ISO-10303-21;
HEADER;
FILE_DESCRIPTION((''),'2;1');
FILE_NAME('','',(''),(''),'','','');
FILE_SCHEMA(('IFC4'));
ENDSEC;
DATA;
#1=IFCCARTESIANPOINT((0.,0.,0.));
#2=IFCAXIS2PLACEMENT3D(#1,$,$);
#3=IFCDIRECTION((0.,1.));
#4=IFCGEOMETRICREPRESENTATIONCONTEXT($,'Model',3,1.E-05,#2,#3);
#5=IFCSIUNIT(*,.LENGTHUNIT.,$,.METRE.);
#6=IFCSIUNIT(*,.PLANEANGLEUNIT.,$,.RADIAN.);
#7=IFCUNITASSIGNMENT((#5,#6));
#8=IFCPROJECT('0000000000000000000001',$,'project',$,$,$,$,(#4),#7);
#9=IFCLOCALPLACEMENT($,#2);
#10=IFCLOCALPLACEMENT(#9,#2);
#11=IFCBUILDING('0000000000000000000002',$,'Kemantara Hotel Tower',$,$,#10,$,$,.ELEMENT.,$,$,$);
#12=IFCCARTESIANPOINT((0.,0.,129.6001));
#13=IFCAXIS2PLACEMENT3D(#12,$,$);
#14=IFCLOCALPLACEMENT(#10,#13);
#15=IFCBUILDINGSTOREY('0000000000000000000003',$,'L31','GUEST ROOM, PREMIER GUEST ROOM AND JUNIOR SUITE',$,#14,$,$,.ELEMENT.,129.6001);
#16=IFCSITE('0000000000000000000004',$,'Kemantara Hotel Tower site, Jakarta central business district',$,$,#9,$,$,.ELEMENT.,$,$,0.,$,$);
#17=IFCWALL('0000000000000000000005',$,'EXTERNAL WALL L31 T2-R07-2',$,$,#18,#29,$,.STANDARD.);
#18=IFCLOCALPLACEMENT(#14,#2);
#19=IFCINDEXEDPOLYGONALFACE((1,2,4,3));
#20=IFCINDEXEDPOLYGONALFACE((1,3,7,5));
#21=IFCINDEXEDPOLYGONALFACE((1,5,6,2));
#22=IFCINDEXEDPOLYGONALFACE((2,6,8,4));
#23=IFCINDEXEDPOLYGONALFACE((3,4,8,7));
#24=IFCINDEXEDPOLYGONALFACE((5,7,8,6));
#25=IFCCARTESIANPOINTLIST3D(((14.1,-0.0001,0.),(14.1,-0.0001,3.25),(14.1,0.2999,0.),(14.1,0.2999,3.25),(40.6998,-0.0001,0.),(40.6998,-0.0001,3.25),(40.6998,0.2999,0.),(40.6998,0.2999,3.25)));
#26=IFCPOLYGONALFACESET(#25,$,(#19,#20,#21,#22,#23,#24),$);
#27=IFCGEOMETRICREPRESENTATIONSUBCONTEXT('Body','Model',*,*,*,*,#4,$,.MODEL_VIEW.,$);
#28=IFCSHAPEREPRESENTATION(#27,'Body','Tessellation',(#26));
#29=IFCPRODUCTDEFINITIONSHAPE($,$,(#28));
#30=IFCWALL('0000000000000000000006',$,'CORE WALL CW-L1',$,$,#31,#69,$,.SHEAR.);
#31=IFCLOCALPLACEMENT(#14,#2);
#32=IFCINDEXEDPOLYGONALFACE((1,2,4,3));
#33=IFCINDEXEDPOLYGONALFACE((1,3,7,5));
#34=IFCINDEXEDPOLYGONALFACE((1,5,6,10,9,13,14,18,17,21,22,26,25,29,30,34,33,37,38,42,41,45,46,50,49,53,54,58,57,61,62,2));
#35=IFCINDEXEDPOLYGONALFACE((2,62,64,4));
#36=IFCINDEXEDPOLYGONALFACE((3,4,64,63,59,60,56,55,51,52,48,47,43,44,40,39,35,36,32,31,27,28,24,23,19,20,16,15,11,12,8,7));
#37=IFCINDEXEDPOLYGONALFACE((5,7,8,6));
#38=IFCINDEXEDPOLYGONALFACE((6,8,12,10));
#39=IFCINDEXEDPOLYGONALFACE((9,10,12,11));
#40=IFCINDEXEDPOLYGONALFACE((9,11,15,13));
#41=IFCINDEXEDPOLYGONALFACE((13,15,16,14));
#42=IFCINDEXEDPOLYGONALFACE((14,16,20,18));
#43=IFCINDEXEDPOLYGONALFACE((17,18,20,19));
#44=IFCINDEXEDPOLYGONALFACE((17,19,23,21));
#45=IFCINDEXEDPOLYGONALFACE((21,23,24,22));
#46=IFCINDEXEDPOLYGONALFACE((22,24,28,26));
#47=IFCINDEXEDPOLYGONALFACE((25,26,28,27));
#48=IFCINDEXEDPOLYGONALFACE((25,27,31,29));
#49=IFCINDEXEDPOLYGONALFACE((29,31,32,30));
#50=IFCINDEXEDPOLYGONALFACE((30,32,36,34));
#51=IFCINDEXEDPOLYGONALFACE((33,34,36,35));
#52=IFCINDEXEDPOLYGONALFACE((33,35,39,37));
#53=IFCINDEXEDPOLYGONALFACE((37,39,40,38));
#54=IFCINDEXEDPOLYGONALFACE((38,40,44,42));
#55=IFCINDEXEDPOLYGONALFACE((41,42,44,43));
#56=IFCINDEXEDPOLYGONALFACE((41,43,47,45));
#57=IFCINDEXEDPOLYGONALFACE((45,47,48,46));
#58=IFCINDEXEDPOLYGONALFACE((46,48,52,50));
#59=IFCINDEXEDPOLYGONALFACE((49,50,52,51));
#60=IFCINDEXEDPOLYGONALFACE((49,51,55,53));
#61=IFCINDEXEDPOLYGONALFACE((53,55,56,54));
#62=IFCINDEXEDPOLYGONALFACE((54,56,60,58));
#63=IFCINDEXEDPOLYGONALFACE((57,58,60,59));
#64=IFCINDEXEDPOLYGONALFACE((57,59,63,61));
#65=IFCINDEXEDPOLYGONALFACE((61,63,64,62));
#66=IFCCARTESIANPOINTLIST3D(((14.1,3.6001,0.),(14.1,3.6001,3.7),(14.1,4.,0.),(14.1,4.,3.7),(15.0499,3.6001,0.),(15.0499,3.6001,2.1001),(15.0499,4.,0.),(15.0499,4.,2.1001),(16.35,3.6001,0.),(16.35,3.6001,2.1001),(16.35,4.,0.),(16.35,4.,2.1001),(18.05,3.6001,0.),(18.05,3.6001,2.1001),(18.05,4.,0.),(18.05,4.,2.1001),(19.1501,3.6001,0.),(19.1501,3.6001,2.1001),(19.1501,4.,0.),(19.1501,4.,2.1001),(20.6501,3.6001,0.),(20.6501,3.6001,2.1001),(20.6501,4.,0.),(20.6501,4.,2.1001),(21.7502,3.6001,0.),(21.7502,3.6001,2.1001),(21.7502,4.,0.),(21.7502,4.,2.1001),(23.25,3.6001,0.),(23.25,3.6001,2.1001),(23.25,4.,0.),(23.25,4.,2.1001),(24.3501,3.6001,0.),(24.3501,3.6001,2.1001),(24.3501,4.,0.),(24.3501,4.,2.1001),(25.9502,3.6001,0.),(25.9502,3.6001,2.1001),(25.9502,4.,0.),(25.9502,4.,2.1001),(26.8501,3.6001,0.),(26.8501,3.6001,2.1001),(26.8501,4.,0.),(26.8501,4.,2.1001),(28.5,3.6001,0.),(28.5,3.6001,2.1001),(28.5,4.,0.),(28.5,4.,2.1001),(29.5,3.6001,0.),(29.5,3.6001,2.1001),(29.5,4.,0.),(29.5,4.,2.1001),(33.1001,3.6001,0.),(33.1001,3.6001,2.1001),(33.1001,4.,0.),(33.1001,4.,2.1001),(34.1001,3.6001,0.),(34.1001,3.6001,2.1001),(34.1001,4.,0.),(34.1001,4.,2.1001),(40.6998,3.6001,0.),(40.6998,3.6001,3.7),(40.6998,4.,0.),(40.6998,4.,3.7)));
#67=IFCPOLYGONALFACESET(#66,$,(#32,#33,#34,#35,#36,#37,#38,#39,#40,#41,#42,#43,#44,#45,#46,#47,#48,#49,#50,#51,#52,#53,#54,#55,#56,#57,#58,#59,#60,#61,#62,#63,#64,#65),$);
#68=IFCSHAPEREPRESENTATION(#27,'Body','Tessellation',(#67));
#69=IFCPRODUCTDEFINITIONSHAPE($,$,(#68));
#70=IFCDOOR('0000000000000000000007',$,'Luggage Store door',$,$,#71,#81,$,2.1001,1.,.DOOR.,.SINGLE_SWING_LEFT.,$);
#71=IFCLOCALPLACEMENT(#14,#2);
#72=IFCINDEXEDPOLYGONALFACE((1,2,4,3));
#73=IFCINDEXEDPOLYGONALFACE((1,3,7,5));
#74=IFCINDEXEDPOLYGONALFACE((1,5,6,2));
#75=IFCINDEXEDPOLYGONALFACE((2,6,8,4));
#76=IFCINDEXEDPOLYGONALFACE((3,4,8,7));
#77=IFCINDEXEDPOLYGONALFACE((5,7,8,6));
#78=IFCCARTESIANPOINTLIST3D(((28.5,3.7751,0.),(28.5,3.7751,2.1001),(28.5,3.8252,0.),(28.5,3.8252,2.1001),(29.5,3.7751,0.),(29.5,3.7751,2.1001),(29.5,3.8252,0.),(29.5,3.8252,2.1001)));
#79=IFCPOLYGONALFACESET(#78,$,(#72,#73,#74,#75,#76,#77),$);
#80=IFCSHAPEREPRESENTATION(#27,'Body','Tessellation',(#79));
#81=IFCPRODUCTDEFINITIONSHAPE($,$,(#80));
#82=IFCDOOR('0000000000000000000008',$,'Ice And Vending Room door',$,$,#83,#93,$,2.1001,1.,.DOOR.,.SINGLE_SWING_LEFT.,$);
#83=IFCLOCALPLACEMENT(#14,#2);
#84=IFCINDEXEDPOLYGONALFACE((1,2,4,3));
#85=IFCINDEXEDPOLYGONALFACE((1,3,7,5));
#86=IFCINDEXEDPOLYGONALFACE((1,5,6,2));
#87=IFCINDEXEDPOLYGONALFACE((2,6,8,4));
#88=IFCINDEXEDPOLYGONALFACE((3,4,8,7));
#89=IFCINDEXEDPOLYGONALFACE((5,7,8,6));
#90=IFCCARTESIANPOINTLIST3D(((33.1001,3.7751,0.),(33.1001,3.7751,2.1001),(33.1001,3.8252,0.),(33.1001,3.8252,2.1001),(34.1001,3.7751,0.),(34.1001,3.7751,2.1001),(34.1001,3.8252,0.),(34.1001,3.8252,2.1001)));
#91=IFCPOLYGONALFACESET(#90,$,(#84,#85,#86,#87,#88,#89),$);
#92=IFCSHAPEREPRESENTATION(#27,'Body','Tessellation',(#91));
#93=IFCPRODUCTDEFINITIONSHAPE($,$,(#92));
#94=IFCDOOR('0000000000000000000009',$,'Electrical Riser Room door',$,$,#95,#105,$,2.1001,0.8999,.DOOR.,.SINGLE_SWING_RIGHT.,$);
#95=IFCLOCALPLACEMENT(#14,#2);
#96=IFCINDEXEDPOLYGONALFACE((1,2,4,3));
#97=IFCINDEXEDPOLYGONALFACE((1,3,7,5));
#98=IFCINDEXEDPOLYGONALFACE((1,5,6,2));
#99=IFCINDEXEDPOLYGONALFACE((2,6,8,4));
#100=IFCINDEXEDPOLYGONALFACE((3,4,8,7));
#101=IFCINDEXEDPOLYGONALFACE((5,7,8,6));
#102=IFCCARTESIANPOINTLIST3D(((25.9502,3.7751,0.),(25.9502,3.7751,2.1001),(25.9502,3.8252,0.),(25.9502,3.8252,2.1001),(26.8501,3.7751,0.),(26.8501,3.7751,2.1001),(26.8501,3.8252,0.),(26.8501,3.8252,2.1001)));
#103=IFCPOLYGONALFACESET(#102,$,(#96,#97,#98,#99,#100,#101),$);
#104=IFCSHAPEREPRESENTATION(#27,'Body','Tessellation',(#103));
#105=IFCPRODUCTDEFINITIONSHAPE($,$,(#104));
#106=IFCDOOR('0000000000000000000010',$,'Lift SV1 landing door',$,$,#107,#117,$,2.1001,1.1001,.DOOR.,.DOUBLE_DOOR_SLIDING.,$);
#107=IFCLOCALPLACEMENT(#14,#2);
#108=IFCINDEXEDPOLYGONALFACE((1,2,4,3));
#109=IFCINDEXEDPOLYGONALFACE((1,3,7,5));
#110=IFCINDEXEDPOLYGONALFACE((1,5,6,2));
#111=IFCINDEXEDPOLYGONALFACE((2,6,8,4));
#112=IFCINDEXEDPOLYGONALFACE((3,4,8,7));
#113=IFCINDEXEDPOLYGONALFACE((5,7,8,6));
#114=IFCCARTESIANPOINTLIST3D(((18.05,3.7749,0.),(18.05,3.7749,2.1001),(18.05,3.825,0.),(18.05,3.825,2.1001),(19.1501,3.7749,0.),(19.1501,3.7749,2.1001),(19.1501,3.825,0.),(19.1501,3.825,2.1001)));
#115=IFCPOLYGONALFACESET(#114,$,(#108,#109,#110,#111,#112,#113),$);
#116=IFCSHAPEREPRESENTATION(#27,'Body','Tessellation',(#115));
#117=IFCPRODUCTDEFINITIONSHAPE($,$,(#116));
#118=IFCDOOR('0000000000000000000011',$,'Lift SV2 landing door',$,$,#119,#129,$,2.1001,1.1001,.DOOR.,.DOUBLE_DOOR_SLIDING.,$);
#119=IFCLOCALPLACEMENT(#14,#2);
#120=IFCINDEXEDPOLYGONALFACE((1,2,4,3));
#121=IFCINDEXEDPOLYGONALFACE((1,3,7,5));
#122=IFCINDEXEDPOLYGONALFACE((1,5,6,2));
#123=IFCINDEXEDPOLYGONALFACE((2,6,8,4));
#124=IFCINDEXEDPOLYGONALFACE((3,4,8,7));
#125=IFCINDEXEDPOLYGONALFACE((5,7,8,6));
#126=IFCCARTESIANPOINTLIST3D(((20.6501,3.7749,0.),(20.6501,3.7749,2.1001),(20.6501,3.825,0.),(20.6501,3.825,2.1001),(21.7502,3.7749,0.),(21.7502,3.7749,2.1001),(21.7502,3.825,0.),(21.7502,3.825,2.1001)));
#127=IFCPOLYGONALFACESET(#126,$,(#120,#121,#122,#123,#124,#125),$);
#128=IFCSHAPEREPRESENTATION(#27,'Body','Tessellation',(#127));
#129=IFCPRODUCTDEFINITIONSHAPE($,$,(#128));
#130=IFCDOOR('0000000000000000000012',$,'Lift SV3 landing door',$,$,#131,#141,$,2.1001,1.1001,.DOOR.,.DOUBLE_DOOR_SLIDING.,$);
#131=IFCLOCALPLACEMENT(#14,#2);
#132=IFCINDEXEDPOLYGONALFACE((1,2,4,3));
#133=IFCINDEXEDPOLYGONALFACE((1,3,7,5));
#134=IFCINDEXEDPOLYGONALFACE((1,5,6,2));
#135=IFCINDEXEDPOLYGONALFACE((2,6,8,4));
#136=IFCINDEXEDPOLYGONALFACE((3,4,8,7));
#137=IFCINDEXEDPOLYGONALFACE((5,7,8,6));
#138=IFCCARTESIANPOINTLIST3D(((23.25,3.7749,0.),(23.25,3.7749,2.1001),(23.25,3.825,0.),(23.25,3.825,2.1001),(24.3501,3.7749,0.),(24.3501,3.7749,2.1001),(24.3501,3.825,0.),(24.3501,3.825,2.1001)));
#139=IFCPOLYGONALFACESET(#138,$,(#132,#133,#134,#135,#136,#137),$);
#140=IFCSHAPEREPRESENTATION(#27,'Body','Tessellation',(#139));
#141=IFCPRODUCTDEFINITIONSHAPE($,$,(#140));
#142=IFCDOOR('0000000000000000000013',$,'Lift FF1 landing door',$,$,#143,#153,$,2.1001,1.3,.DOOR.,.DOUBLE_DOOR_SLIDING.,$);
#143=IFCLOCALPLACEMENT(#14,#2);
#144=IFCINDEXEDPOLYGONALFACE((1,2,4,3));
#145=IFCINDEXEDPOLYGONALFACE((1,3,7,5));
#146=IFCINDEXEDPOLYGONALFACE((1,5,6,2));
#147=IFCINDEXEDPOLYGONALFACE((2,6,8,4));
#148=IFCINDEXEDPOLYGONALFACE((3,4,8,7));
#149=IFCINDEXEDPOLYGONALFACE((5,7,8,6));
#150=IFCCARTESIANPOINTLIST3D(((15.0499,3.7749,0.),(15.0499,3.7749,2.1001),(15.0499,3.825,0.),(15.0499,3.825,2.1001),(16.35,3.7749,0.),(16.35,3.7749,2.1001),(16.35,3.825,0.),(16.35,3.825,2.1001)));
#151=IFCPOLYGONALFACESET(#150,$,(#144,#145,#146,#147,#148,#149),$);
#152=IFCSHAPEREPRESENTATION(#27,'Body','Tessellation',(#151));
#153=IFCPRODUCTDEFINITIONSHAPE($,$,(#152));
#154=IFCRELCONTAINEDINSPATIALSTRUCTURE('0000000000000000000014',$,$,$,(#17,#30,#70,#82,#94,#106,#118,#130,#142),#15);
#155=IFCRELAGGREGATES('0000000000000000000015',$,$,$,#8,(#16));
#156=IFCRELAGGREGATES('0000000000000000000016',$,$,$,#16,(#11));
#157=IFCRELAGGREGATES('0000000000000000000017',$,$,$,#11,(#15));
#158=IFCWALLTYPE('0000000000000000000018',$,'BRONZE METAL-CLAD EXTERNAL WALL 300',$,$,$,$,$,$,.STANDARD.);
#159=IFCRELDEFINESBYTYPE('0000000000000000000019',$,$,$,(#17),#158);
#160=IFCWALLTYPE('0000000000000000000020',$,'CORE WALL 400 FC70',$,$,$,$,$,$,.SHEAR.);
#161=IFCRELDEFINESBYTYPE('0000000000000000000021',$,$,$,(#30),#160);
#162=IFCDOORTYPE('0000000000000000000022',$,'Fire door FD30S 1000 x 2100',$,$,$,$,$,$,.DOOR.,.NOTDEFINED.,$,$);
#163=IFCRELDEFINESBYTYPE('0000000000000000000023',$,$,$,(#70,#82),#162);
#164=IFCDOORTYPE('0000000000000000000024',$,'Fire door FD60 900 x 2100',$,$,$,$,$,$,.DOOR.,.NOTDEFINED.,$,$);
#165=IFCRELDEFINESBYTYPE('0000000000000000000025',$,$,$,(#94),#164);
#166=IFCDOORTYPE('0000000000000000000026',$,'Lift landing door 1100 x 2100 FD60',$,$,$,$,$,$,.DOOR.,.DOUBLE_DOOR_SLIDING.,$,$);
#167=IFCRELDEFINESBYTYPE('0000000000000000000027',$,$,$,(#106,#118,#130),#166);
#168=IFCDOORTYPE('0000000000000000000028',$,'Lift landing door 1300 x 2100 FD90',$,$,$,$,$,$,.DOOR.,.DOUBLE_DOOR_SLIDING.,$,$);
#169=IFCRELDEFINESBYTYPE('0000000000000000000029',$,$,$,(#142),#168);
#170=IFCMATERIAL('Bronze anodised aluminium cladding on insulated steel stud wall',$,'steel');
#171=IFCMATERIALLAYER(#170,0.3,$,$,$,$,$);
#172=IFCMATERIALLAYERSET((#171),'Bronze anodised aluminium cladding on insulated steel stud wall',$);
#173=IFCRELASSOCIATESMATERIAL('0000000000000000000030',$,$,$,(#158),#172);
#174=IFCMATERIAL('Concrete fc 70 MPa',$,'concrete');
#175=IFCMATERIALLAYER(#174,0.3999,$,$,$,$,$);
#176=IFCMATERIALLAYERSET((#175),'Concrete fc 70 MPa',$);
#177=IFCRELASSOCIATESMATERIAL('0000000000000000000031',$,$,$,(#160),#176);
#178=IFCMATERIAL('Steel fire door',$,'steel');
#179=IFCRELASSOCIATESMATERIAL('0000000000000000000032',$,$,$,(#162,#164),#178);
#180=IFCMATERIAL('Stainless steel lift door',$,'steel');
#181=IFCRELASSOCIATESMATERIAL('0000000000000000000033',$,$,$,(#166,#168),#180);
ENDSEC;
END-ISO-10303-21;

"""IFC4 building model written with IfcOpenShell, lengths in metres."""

from ifc_helpers import new_model, si_unit, direction, frame, frame_2d, origin, place, context, subcontext, project, spatial, rectangle, extrude, material, layer, layer_set, type_object, element, fill, save


model = new_model("IFC4")

# Units and contexts
model_context = context("Model", 3, precision=1e-05, world=origin(), true_north=direction((0.0, 1.0)))
body_context = subcontext(model_context, "Body", "Model", "MODEL_VIEW")
ifc_project = project(units=[si_unit("LENGTHUNIT", "METRE"), si_unit("PLANEANGLEUNIT", "RADIAN")], contexts=[model_context])

# Site, building, storey
site_placement = place(None, origin())
site = spatial("IfcSite", under=ifc_project, at=site_placement, Name="Kemantara Hotel Tower site, Jakarta central business district", CompositionType="ELEMENT", RefElevation=0.0)
building_placement = place(site_placement, origin())
building = spatial("IfcBuilding", under=site, at=building_placement, Name="Kemantara Hotel Tower", CompositionType="ELEMENT")
storey_placement = place(building_placement, frame((0.0, 0.0, 129.6001)))
storey = spatial("IfcBuildingStorey", under=building, at=storey_placement, Name="L31", Description="GUEST ROOM, PREMIER GUEST ROOM AND JUNIOR SUITE", CompositionType="ELEMENT", Elevation=129.6001)

# Wall
ifc_material_1 = material(Name="Bronze anodised aluminium cladding on insulated steel stud wall", Category="steel")
ifc_layer_1 = layer(ifc_material_1, 0.3)
ifc_layer_set_1 = layer_set([ifc_layer_1], Name="Bronze anodised aluminium cladding on insulated steel stud wall")
wall_type_1 = type_object("IfcWallType", Name="BRONZE METAL-CLAD EXTERNAL WALL 300", PredefinedType="STANDARD", material=ifc_layer_set_1)
wall_1_placement = place(storey_placement, frame((14.1001, 0.1499, 0.0), z_axis=(0.0, 0.0, 1.0), x_axis=(1.0, 0.0, 0.0)))
element("IfcWall", 1, at=wall_1_placement, inside=storey, type_object=wall_type_1, Name="EXTERNAL WALL L31 T2-R07-2", PredefinedType="STANDARD", context=body_context, shape_type="SweptSolid", body=[
    extrude(rectangle(XDim=26.5999, YDim=0.3, at=frame_2d((13.2998, 0.0))), origin(), (0.0, 0.0, 1.0), 3.25),
])

# Wall, openings, doors
ifc_material_2 = material(Name="Concrete fc 70 MPa", Category="concrete")
ifc_layer_2 = layer(ifc_material_2, 0.3999)
ifc_layer_set_2 = layer_set([ifc_layer_2], Name="Concrete fc 70 MPa")
wall_type_2 = type_object("IfcWallType", Name="CORE WALL 400 FC70", PredefinedType="SHEAR", material=ifc_layer_set_2)
wall_2_placement = place(storey_placement, frame((14.1001, 3.8, 0.0), z_axis=(0.0, 0.0, 1.0), x_axis=(1.0, 0.0, 0.0)))
wall_2 = element("IfcWall", 2, at=wall_2_placement, inside=storey, type_object=wall_type_2, Name="CORE WALL CW-L1", PredefinedType="SHEAR", context=body_context, shape_type="SweptSolid", body=[
    extrude(rectangle(XDim=26.5999, YDim=0.3999, at=frame_2d((13.2998, 0.0))), origin(), (0.0, 0.0, 1.0), 3.7),
])
opening_1_placement = place(wall_2_placement, frame((0.95, 0.0, 0.0)))
opening_1 = element("IfcOpeningElement", 3, at=opening_1_placement, cuts=wall_2, PredefinedType="OPENING", context=body_context, shape_type="SweptSolid", body=[
    extrude(rectangle(XDim=1.3, YDim=2.1001, at=frame_2d((0.6499, 1.05))), frame((0.0, 0.21, 0.0), z_axis=(0.0, -1.0, 0.0), x_axis=(1.0, 0.0, 0.0)), (0.0, 0.0, 1.0), 0.4199),
])
opening_2_placement = place(wall_2_placement, frame((3.95, 0.0, 0.0)))
opening_2 = element("IfcOpeningElement", 4, at=opening_2_placement, cuts=wall_2, PredefinedType="OPENING", context=body_context, shape_type="SweptSolid", body=[
    extrude(rectangle(XDim=1.1001, YDim=2.1001, at=frame_2d((0.55, 1.05))), frame((0.0, 0.21, 0.0), z_axis=(0.0, -1.0, 0.0), x_axis=(1.0, 0.0, 0.0)), (0.0, 0.0, 1.0), 0.4199),
])
opening_3_placement = place(wall_2_placement, frame((6.55, 0.0, 0.0)))
opening_3 = element("IfcOpeningElement", 5, at=opening_3_placement, cuts=wall_2, PredefinedType="OPENING", context=body_context, shape_type="SweptSolid", body=[
    extrude(rectangle(XDim=1.1001, YDim=2.1001, at=frame_2d((0.55, 1.05))), frame((0.0, 0.21, 0.0), z_axis=(0.0, -1.0, 0.0), x_axis=(1.0, 0.0, 0.0)), (0.0, 0.0, 1.0), 0.4199),
])
opening_4_placement = place(wall_2_placement, frame((9.1499, 0.0, 0.0)))
opening_4 = element("IfcOpeningElement", 6, at=opening_4_placement, cuts=wall_2, PredefinedType="OPENING", context=body_context, shape_type="SweptSolid", body=[
    extrude(rectangle(XDim=1.1001, YDim=2.1001, at=frame_2d((0.55, 1.05))), frame((0.0, 0.21, 0.0), z_axis=(0.0, -1.0, 0.0), x_axis=(1.0, 0.0, 0.0)), (0.0, 0.0, 1.0), 0.4199),
])
opening_5_placement = place(wall_2_placement, frame((11.8501, 0.0, 0.0)))
opening_5 = element("IfcOpeningElement", 7, at=opening_5_placement, cuts=wall_2, PredefinedType="OPENING", context=body_context, shape_type="SweptSolid", body=[
    extrude(rectangle(XDim=0.8999, YDim=2.1001, at=frame_2d((0.45, 1.05))), frame((0.0, 0.21, 0.0), z_axis=(0.0, -1.0, 0.0), x_axis=(1.0, 0.0, 0.0)), (0.0, 0.0, 1.0), 0.4199),
])
opening_6_placement = place(wall_2_placement, frame((14.3999, 0.0, 0.0)))
opening_6 = element("IfcOpeningElement", 8, at=opening_6_placement, cuts=wall_2, PredefinedType="OPENING", context=body_context, shape_type="SweptSolid", body=[
    extrude(rectangle(XDim=1.0, YDim=2.1001, at=frame_2d((0.5, 1.05))), frame((0.0, 0.21, 0.0), z_axis=(0.0, -1.0, 0.0), x_axis=(1.0, 0.0, 0.0)), (0.0, 0.0, 1.0), 0.4199),
])
opening_7_placement = place(wall_2_placement, frame((19.0, 0.0, 0.0)))
opening_7 = element("IfcOpeningElement", 9, at=opening_7_placement, cuts=wall_2, PredefinedType="OPENING", context=body_context, shape_type="SweptSolid", body=[
    extrude(rectangle(XDim=1.0, YDim=2.1001, at=frame_2d((0.5, 1.05))), frame((0.0, 0.21, 0.0), z_axis=(0.0, -1.0, 0.0), x_axis=(1.0, 0.0, 0.0)), (0.0, 0.0, 1.0), 0.4199),
])
ifc_material_3 = material(Name="Steel fire door", Category="steel")
door_type_1 = type_object("IfcDoorType", Name="Fire door FD30S 1000 x 2100", OperationType="NOTDEFINED", PredefinedType="DOOR", material=ifc_material_3)
door_1_placement = place(opening_6_placement, frame((1.0, 0.0, 0.0), z_axis=(0.0, 0.0, 1.0), x_axis=(-1.0, 0.0, 0.0)))
door_1 = element("IfcDoor", 10, at=door_1_placement, inside=storey, type_object=door_type_1, Name="Luggage Store door", OperationType="SINGLE_SWING_LEFT", OverallHeight=2.1001, OverallWidth=1.0, PredefinedType="DOOR", context=body_context, shape_type="SweptSolid", body=[
    extrude(rectangle(XDim=1.0, YDim=2.1001, at=frame_2d((0.5, 1.05))), frame((0.0, 0.0249, 0.0), z_axis=(0.0, -1.0, 0.0), x_axis=(1.0, 0.0, 0.0)), (0.0, 0.0, 1.0), 0.05),
])
fill(opening_6, door_1)
door_2_placement = place(opening_7_placement, frame((1.0, 0.0, 0.0), z_axis=(0.0, 0.0, 1.0), x_axis=(-1.0, 0.0, 0.0)))
door_2 = element("IfcDoor", 11, at=door_2_placement, inside=storey, type_object=door_type_1, Name="Ice And Vending Room door", OperationType="SINGLE_SWING_LEFT", OverallHeight=2.1001, OverallWidth=1.0, PredefinedType="DOOR", context=body_context, shape_type="SweptSolid", body=[
    extrude(rectangle(XDim=1.0, YDim=2.1001, at=frame_2d((0.5, 1.05))), frame((0.0, 0.0249, 0.0), z_axis=(0.0, -1.0, 0.0), x_axis=(1.0, 0.0, 0.0)), (0.0, 0.0, 1.0), 0.05),
])
fill(opening_7, door_2)
door_type_2 = type_object("IfcDoorType", Name="Fire door FD60 900 x 2100", OperationType="NOTDEFINED", PredefinedType="DOOR", material=ifc_material_3)
door_3_placement = place(opening_5_placement, frame((0.8999, 0.0, 0.0), z_axis=(0.0, 0.0, 1.0), x_axis=(-1.0, 0.0, 0.0)))
door_3 = element("IfcDoor", 12, at=door_3_placement, inside=storey, type_object=door_type_2, Name="Electrical Riser Room door", OperationType="SINGLE_SWING_RIGHT", OverallHeight=2.1001, OverallWidth=0.8999, PredefinedType="DOOR", context=body_context, shape_type="SweptSolid", body=[
    extrude(rectangle(XDim=0.8999, YDim=2.1001, at=frame_2d((0.45, 1.05))), frame((0.0, 0.0249, 0.0), z_axis=(0.0, -1.0, 0.0), x_axis=(1.0, 0.0, 0.0)), (0.0, 0.0, 1.0), 0.05),
])
fill(opening_5, door_3)
ifc_material_4 = material(Name="Stainless steel lift door", Category="steel")
door_type_3 = type_object("IfcDoorType", Name="Lift landing door 1100 x 2100 FD60", OperationType="DOUBLE_DOOR_SLIDING", PredefinedType="DOOR", material=ifc_material_4)
door_4_placement = place(opening_2_placement, origin())
door_4 = element("IfcDoor", 13, at=door_4_placement, inside=storey, type_object=door_type_3, Name="Lift SV1 landing door", OperationType="DOUBLE_DOOR_SLIDING", OverallHeight=2.1001, OverallWidth=1.1001, PredefinedType="DOOR", context=body_context, shape_type="SweptSolid", body=[
    extrude(rectangle(XDim=1.1001, YDim=2.1001, at=frame_2d((0.55, 1.05))), frame((0.0, 0.0249, 0.0), z_axis=(0.0, -1.0, 0.0), x_axis=(1.0, 0.0, 0.0)), (0.0, 0.0, 1.0), 0.05),
])
fill(opening_2, door_4)
door_5_placement = place(opening_3_placement, origin())
door_5 = element("IfcDoor", 14, at=door_5_placement, inside=storey, type_object=door_type_3, Name="Lift SV2 landing door", OperationType="DOUBLE_DOOR_SLIDING", OverallHeight=2.1001, OverallWidth=1.1001, PredefinedType="DOOR", context=body_context, shape_type="SweptSolid", body=[
    extrude(rectangle(XDim=1.1001, YDim=2.1001, at=frame_2d((0.55, 1.05))), frame((0.0, 0.0249, 0.0), z_axis=(0.0, -1.0, 0.0), x_axis=(1.0, 0.0, 0.0)), (0.0, 0.0, 1.0), 0.05),
])
fill(opening_3, door_5)
door_6_placement = place(opening_4_placement, origin())
door_6 = element("IfcDoor", 15, at=door_6_placement, inside=storey, type_object=door_type_3, Name="Lift SV3 landing door", OperationType="DOUBLE_DOOR_SLIDING", OverallHeight=2.1001, OverallWidth=1.1001, PredefinedType="DOOR", context=body_context, shape_type="SweptSolid", body=[
    extrude(rectangle(XDim=1.1001, YDim=2.1001, at=frame_2d((0.55, 1.05))), frame((0.0, 0.0249, 0.0), z_axis=(0.0, -1.0, 0.0), x_axis=(1.0, 0.0, 0.0)), (0.0, 0.0, 1.0), 0.05),
])
fill(opening_4, door_6)
door_type_4 = type_object("IfcDoorType", Name="Lift landing door 1300 x 2100 FD90", OperationType="DOUBLE_DOOR_SLIDING", PredefinedType="DOOR", material=ifc_material_4)
door_7_placement = place(opening_1_placement, origin())
door_7 = element("IfcDoor", 16, at=door_7_placement, inside=storey, type_object=door_type_4, Name="Lift FF1 landing door", OperationType="DOUBLE_DOOR_SLIDING", OverallHeight=2.1001, OverallWidth=1.3, PredefinedType="DOOR", context=body_context, shape_type="SweptSolid", body=[
    extrude(rectangle(XDim=1.3, YDim=2.1001, at=frame_2d((0.6499, 1.05))), frame((0.0, 0.0249, 0.0), z_axis=(0.0, -1.0, 0.0), x_axis=(1.0, 0.0, 0.0)), (0.0, 0.0, 1.0), 0.05),
])
fill(opening_1, door_7)

save(model, "model.ifc")
